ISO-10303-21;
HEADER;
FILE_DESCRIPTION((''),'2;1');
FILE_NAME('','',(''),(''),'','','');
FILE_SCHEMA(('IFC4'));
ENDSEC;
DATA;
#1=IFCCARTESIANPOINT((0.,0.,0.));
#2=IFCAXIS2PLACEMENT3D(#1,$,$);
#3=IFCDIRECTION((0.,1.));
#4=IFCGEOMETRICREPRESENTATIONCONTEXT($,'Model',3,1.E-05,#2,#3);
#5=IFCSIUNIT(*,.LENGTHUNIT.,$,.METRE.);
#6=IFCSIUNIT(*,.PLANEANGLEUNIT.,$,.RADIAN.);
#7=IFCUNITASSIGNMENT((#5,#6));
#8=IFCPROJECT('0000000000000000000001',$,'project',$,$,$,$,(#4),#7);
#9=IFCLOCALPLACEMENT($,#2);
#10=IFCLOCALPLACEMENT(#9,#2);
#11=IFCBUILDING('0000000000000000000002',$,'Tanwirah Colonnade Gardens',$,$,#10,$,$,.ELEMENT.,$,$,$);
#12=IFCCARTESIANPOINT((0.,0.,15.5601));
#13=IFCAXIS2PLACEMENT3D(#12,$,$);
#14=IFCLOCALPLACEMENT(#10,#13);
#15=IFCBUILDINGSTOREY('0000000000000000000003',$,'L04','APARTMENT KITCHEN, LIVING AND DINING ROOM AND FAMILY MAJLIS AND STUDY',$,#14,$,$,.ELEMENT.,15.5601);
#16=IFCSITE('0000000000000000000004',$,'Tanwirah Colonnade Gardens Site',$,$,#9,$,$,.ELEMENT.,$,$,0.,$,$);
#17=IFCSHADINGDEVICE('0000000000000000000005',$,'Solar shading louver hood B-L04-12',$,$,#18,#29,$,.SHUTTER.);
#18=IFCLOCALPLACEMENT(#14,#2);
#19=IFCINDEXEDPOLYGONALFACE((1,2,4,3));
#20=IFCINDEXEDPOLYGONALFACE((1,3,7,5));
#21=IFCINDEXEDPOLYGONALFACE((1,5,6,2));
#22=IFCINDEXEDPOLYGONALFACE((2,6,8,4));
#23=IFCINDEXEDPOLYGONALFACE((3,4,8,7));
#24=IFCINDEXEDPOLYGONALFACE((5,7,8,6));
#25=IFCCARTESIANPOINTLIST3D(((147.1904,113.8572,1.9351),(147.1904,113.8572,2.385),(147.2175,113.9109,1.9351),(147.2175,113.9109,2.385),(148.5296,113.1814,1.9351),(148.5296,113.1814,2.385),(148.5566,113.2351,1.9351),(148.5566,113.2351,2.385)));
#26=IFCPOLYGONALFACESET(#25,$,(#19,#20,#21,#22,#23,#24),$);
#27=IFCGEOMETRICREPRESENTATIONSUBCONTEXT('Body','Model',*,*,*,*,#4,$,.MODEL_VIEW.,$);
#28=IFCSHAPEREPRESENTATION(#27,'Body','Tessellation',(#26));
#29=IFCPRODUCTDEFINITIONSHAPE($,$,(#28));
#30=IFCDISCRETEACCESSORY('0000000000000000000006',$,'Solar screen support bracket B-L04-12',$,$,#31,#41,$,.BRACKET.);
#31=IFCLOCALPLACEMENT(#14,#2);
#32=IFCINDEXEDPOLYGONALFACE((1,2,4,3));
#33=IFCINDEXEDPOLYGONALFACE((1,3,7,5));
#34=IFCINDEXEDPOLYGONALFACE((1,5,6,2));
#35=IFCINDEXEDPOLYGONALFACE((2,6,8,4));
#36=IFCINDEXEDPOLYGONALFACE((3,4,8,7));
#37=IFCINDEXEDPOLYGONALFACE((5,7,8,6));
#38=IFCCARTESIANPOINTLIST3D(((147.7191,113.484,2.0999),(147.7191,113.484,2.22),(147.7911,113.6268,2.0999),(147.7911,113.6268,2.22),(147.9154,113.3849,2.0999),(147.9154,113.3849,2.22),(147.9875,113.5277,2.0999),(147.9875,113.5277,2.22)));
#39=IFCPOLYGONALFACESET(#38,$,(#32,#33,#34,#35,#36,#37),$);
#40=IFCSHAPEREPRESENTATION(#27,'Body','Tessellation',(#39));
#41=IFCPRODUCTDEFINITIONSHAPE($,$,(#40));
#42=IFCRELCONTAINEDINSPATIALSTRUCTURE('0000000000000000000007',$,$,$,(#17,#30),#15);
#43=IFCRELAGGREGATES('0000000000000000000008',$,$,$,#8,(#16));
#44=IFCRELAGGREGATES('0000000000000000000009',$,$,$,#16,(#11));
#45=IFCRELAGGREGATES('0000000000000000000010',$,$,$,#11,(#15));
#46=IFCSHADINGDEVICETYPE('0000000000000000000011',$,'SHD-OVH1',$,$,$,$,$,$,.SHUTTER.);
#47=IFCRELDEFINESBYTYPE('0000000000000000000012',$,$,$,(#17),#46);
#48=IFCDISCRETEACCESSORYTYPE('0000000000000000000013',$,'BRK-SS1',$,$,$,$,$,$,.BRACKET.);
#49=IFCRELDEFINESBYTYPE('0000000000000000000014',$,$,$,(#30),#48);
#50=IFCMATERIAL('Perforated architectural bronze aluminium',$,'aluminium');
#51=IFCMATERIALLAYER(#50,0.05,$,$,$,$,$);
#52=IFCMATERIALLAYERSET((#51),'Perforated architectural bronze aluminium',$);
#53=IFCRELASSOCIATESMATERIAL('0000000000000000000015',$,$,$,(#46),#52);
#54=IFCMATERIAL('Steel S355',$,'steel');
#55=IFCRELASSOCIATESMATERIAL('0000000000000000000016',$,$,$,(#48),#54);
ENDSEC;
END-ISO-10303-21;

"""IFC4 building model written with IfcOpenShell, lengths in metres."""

from ifc_helpers import new_model, si_unit, direction, frame, origin, origin_2d, place, context, subcontext, project, spatial, rectangle, extrude, material, layer, layer_set, type_object, element, save


model = new_model("IFC4")

# Units and contexts
model_context = context("Model", 3, precision=1e-05, world=origin(), true_north=direction((0.0, 1.0)))
body_context = subcontext(model_context, "Body", "Model", "MODEL_VIEW")
ifc_project = project(units=[si_unit("LENGTHUNIT", "METRE"), si_unit("PLANEANGLEUNIT", "RADIAN")], contexts=[model_context])

# Site, building, storey
site_placement = place(None, origin())
site = spatial("IfcSite", under=ifc_project, at=site_placement, Name="Tanwirah Colonnade Gardens Site", CompositionType="ELEMENT", RefElevation=0.0)
building_placement = place(site_placement, origin())
building = spatial("IfcBuilding", under=site, at=building_placement, Name="Tanwirah Colonnade Gardens", CompositionType="ELEMENT")
storey_placement = place(building_placement, frame((0.0, 0.0, 15.5601)))
storey = spatial("IfcBuildingStorey", under=building, at=storey_placement, Name="L04", Description="APARTMENT KITCHEN, LIVING AND DINING ROOM AND FAMILY MAJLIS AND STUDY", CompositionType="ELEMENT", Elevation=15.5601)

# Shading device
ifc_material_1 = material(Name="Perforated architectural bronze aluminium", Category="aluminium")
ifc_layer_1 = layer(ifc_material_1, 0.05)
ifc_layer_set_1 = layer_set([ifc_layer_1], Name="Perforated architectural bronze aluminium")
shading_device_type = type_object("IfcShadingDeviceType", Name="SHD-OVH1", PredefinedType="SHUTTER", material=ifc_layer_set_1)
shading_device_placement = place(storey_placement, frame((147.8735, 113.5461, 1.9351), z_axis=(0.0, 0.0, 1.0), x_axis=(-0.89276, 0.450533, 0.0)))
element("IfcShadingDevice", 1, at=shading_device_placement, inside=storey, type_object=shading_device_type, Name="Solar shading louver hood B-L04-12", PredefinedType="SHUTTER", context=body_context, shape_type="SweptSolid", body=[
    extrude(rectangle(XDim=1.5, YDim=0.0601, at=origin_2d()), origin(), (0.0, 0.0, 1.0), 0.45),
])

# Discrete accessory
ifc_material_2 = material(Name="Steel S355", Category="steel")
discrete_accessory_type = type_object("IfcDiscreteAccessoryType", Name="BRK-SS1", PredefinedType="BRACKET", material=ifc_material_2)
discrete_accessory_placement = place(storey_placement, frame((147.8533, 113.5059, 2.0999), z_axis=(0.0, 0.0, 1.0), x_axis=(-0.89276, 0.450533, 0.0)))
element("IfcDiscreteAccessory", 2, at=discrete_accessory_placement, inside=storey, type_object=discrete_accessory_type, Name="Solar screen support bracket B-L04-12", PredefinedType="BRACKET", context=body_context, shape_type="SweptSolid", body=[
    extrude(rectangle(XDim=0.22, YDim=0.1599, at=origin_2d()), origin(), (0.0, 0.0, 1.0), 0.1201),
])

save(model, "model.ifc")
